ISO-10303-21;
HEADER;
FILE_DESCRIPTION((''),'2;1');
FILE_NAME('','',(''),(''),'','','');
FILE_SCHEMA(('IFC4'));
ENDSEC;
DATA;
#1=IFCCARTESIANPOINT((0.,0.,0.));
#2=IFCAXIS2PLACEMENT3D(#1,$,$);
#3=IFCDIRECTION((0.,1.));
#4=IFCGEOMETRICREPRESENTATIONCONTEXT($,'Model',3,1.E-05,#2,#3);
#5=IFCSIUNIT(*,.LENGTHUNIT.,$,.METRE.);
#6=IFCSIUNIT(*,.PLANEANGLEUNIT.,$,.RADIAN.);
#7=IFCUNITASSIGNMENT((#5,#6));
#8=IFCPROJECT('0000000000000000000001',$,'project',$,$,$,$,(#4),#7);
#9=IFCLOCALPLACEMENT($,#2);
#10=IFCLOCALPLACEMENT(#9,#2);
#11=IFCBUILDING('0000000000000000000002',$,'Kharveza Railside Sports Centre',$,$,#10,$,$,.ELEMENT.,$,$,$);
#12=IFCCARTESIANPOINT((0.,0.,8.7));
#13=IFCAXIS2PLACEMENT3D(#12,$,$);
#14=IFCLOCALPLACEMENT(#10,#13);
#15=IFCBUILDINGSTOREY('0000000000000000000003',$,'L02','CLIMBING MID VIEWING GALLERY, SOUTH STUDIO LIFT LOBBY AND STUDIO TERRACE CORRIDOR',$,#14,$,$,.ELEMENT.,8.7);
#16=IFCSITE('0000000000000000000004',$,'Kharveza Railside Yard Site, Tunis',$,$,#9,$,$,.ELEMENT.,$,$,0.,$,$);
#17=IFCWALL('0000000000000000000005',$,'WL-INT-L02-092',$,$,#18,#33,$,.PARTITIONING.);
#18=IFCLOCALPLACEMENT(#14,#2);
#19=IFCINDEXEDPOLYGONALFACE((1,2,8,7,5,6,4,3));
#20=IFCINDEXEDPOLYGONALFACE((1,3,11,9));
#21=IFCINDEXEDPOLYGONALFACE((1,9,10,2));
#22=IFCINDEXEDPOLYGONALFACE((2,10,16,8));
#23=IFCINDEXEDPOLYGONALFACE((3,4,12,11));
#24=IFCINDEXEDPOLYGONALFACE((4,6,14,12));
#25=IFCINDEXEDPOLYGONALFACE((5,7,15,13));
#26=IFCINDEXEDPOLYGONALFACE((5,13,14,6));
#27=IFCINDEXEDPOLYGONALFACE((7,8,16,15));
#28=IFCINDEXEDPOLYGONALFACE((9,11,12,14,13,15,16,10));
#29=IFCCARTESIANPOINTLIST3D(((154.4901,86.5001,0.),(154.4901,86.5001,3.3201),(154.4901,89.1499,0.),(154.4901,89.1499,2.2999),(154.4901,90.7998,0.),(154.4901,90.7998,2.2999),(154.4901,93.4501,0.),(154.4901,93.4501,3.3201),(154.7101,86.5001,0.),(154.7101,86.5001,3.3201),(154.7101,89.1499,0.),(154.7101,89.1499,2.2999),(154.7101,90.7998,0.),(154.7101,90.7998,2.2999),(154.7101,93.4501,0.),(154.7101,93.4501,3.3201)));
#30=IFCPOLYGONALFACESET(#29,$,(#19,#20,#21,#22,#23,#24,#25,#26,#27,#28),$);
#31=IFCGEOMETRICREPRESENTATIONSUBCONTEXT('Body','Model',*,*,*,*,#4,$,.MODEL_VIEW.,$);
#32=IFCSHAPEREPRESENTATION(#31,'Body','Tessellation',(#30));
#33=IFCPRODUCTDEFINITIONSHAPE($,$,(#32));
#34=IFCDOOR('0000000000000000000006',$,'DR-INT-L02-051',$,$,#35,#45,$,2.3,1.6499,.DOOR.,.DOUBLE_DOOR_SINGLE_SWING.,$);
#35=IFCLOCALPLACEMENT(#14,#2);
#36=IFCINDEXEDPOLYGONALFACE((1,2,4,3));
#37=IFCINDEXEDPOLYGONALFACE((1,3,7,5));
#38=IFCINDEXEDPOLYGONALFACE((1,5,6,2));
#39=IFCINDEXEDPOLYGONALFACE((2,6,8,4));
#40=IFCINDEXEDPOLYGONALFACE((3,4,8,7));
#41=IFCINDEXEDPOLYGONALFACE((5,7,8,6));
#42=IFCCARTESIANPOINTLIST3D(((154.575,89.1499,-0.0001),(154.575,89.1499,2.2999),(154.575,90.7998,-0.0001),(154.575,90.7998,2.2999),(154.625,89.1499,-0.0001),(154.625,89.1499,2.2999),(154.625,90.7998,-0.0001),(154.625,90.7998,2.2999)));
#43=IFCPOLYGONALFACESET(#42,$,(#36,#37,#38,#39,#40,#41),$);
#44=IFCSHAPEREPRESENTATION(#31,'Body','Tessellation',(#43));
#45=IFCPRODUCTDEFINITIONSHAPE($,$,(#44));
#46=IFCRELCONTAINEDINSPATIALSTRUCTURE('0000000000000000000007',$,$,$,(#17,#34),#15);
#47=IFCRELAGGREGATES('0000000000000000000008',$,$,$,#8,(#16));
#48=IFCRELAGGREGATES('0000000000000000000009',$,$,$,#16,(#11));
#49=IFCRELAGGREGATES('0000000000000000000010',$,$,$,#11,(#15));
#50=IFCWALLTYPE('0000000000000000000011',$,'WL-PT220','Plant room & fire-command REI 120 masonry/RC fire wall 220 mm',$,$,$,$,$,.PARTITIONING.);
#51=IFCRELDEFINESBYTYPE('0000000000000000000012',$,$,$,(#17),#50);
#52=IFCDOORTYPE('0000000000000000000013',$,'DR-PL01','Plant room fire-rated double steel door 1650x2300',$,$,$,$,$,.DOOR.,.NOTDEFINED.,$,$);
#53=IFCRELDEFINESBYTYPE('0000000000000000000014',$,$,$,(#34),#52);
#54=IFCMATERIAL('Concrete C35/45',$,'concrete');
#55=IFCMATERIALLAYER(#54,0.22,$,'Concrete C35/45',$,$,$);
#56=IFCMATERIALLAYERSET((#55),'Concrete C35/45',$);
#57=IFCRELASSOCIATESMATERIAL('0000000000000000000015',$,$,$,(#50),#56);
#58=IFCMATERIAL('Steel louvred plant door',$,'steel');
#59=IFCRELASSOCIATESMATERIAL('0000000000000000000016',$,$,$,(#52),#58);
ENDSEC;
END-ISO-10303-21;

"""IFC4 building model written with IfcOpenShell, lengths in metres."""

from ifc_helpers import new_model, si_unit, direction, frame, frame_2d, origin, place, context, subcontext, project, spatial, rectangle, extrude, material, layer, layer_set, type_object, element, fill, save


model = new_model("IFC4")

# Units and contexts
model_context = context("Model", 3, precision=1e-05, world=origin(), true_north=direction((0.0, 1.0)))
body_context = subcontext(model_context, "Body", "Model", "MODEL_VIEW")
ifc_project = project(units=[si_unit("LENGTHUNIT", "METRE"), si_unit("PLANEANGLEUNIT", "RADIAN")], contexts=[model_context])

# Site, building, storey
site_placement = place(None, origin())
site = spatial("IfcSite", under=ifc_project, at=site_placement, Name="Kharveza Railside Yard Site, Tunis", CompositionType="ELEMENT", RefElevation=0.0)
building_placement = place(site_placement, origin())
building = spatial("IfcBuilding", under=site, at=building_placement, Name="Kharveza Railside Sports Centre", CompositionType="ELEMENT")
storey_placement = place(building_placement, frame((0.0, 0.0, 8.7)))
storey = spatial("IfcBuildingStorey", under=building, at=storey_placement, Name="L02", Description="CLIMBING MID VIEWING GALLERY, SOUTH STUDIO LIFT LOBBY AND STUDIO TERRACE CORRIDOR", CompositionType="ELEMENT", Elevation=8.7)

# Wall, opening, door
ifc_material_1 = material(Name="Concrete C35/45", Category="concrete")
ifc_layer_1 = layer(ifc_material_1, 0.22, Name="Concrete C35/45")
ifc_layer_set_1 = layer_set([ifc_layer_1], Name="Concrete C35/45")
wall_type_1 = type_object("IfcWallType", Name="WL-PT220", Description="Plant room & fire-command REI 120 masonry/RC fire wall 220 mm", PredefinedType="PARTITIONING", material=ifc_layer_set_1)
wall_1_placement = place(storey_placement, frame((154.6001, 86.5, 0.0), z_axis=(0.0, 0.0, 1.0), x_axis=(0.0, 1.0, 0.0)))
wall_1 = element("IfcWall", 1, at=wall_1_placement, inside=storey, type_object=wall_type_1, Name="WL-INT-L02-092", PredefinedType="PARTITIONING", context=body_context, shape_type="SweptSolid", body=[
    extrude(rectangle(XDim=6.95, YDim=0.22, at=frame_2d((3.4751, 0.0))), origin(), (0.0, 0.0, 1.0), 3.3201),
])
opening_1_placement = place(wall_1_placement, frame((2.6499, 0.0, 0.0)))
opening_1 = element("IfcOpeningElement", 2, at=opening_1_placement, cuts=wall_1, PredefinedType="OPENING", context=body_context, shape_type="SweptSolid", body=[
    extrude(rectangle(XDim=1.6499, YDim=2.3, at=frame_2d((0.825, 1.1499))), frame((0.0, 0.1348, 0.0), z_axis=(0.0, -1.0, 0.0), x_axis=(1.0, 0.0, 0.0)), (0.0, 0.0, 1.0), 0.2698),
])
ifc_material_2 = material(Name="Steel louvred plant door", Category="steel")
door_type = type_object("IfcDoorType", Name="DR-PL01", Description="Plant room fire-rated double steel door 1650x2300", OperationType="NOTDEFINED", PredefinedType="DOOR", material=ifc_material_2)
door_placement = place(opening_1_placement, frame((1.6499, 0.0, 0.0), z_axis=(0.0, 0.0, 1.0), x_axis=(-1.0, 0.0, 0.0)))
door = element("IfcDoor", 3, at=door_placement, inside=storey, type_object=door_type, Name="DR-INT-L02-051", OperationType="DOUBLE_DOOR_SINGLE_SWING", OverallHeight=2.3, OverallWidth=1.6499, PredefinedType="DOOR", context=body_context, shape_type="SweptSolid", body=[
    extrude(rectangle(XDim=1.6499, YDim=2.3, at=frame_2d((0.825, 1.1499))), frame((0.0, 0.0249, 0.0), z_axis=(0.0, -1.0, 0.0), x_axis=(1.0, 0.0, 0.0)), (0.0, 0.0, 1.0), 0.05),
])
fill(opening_1, door)

save(model, "model.ifc")
